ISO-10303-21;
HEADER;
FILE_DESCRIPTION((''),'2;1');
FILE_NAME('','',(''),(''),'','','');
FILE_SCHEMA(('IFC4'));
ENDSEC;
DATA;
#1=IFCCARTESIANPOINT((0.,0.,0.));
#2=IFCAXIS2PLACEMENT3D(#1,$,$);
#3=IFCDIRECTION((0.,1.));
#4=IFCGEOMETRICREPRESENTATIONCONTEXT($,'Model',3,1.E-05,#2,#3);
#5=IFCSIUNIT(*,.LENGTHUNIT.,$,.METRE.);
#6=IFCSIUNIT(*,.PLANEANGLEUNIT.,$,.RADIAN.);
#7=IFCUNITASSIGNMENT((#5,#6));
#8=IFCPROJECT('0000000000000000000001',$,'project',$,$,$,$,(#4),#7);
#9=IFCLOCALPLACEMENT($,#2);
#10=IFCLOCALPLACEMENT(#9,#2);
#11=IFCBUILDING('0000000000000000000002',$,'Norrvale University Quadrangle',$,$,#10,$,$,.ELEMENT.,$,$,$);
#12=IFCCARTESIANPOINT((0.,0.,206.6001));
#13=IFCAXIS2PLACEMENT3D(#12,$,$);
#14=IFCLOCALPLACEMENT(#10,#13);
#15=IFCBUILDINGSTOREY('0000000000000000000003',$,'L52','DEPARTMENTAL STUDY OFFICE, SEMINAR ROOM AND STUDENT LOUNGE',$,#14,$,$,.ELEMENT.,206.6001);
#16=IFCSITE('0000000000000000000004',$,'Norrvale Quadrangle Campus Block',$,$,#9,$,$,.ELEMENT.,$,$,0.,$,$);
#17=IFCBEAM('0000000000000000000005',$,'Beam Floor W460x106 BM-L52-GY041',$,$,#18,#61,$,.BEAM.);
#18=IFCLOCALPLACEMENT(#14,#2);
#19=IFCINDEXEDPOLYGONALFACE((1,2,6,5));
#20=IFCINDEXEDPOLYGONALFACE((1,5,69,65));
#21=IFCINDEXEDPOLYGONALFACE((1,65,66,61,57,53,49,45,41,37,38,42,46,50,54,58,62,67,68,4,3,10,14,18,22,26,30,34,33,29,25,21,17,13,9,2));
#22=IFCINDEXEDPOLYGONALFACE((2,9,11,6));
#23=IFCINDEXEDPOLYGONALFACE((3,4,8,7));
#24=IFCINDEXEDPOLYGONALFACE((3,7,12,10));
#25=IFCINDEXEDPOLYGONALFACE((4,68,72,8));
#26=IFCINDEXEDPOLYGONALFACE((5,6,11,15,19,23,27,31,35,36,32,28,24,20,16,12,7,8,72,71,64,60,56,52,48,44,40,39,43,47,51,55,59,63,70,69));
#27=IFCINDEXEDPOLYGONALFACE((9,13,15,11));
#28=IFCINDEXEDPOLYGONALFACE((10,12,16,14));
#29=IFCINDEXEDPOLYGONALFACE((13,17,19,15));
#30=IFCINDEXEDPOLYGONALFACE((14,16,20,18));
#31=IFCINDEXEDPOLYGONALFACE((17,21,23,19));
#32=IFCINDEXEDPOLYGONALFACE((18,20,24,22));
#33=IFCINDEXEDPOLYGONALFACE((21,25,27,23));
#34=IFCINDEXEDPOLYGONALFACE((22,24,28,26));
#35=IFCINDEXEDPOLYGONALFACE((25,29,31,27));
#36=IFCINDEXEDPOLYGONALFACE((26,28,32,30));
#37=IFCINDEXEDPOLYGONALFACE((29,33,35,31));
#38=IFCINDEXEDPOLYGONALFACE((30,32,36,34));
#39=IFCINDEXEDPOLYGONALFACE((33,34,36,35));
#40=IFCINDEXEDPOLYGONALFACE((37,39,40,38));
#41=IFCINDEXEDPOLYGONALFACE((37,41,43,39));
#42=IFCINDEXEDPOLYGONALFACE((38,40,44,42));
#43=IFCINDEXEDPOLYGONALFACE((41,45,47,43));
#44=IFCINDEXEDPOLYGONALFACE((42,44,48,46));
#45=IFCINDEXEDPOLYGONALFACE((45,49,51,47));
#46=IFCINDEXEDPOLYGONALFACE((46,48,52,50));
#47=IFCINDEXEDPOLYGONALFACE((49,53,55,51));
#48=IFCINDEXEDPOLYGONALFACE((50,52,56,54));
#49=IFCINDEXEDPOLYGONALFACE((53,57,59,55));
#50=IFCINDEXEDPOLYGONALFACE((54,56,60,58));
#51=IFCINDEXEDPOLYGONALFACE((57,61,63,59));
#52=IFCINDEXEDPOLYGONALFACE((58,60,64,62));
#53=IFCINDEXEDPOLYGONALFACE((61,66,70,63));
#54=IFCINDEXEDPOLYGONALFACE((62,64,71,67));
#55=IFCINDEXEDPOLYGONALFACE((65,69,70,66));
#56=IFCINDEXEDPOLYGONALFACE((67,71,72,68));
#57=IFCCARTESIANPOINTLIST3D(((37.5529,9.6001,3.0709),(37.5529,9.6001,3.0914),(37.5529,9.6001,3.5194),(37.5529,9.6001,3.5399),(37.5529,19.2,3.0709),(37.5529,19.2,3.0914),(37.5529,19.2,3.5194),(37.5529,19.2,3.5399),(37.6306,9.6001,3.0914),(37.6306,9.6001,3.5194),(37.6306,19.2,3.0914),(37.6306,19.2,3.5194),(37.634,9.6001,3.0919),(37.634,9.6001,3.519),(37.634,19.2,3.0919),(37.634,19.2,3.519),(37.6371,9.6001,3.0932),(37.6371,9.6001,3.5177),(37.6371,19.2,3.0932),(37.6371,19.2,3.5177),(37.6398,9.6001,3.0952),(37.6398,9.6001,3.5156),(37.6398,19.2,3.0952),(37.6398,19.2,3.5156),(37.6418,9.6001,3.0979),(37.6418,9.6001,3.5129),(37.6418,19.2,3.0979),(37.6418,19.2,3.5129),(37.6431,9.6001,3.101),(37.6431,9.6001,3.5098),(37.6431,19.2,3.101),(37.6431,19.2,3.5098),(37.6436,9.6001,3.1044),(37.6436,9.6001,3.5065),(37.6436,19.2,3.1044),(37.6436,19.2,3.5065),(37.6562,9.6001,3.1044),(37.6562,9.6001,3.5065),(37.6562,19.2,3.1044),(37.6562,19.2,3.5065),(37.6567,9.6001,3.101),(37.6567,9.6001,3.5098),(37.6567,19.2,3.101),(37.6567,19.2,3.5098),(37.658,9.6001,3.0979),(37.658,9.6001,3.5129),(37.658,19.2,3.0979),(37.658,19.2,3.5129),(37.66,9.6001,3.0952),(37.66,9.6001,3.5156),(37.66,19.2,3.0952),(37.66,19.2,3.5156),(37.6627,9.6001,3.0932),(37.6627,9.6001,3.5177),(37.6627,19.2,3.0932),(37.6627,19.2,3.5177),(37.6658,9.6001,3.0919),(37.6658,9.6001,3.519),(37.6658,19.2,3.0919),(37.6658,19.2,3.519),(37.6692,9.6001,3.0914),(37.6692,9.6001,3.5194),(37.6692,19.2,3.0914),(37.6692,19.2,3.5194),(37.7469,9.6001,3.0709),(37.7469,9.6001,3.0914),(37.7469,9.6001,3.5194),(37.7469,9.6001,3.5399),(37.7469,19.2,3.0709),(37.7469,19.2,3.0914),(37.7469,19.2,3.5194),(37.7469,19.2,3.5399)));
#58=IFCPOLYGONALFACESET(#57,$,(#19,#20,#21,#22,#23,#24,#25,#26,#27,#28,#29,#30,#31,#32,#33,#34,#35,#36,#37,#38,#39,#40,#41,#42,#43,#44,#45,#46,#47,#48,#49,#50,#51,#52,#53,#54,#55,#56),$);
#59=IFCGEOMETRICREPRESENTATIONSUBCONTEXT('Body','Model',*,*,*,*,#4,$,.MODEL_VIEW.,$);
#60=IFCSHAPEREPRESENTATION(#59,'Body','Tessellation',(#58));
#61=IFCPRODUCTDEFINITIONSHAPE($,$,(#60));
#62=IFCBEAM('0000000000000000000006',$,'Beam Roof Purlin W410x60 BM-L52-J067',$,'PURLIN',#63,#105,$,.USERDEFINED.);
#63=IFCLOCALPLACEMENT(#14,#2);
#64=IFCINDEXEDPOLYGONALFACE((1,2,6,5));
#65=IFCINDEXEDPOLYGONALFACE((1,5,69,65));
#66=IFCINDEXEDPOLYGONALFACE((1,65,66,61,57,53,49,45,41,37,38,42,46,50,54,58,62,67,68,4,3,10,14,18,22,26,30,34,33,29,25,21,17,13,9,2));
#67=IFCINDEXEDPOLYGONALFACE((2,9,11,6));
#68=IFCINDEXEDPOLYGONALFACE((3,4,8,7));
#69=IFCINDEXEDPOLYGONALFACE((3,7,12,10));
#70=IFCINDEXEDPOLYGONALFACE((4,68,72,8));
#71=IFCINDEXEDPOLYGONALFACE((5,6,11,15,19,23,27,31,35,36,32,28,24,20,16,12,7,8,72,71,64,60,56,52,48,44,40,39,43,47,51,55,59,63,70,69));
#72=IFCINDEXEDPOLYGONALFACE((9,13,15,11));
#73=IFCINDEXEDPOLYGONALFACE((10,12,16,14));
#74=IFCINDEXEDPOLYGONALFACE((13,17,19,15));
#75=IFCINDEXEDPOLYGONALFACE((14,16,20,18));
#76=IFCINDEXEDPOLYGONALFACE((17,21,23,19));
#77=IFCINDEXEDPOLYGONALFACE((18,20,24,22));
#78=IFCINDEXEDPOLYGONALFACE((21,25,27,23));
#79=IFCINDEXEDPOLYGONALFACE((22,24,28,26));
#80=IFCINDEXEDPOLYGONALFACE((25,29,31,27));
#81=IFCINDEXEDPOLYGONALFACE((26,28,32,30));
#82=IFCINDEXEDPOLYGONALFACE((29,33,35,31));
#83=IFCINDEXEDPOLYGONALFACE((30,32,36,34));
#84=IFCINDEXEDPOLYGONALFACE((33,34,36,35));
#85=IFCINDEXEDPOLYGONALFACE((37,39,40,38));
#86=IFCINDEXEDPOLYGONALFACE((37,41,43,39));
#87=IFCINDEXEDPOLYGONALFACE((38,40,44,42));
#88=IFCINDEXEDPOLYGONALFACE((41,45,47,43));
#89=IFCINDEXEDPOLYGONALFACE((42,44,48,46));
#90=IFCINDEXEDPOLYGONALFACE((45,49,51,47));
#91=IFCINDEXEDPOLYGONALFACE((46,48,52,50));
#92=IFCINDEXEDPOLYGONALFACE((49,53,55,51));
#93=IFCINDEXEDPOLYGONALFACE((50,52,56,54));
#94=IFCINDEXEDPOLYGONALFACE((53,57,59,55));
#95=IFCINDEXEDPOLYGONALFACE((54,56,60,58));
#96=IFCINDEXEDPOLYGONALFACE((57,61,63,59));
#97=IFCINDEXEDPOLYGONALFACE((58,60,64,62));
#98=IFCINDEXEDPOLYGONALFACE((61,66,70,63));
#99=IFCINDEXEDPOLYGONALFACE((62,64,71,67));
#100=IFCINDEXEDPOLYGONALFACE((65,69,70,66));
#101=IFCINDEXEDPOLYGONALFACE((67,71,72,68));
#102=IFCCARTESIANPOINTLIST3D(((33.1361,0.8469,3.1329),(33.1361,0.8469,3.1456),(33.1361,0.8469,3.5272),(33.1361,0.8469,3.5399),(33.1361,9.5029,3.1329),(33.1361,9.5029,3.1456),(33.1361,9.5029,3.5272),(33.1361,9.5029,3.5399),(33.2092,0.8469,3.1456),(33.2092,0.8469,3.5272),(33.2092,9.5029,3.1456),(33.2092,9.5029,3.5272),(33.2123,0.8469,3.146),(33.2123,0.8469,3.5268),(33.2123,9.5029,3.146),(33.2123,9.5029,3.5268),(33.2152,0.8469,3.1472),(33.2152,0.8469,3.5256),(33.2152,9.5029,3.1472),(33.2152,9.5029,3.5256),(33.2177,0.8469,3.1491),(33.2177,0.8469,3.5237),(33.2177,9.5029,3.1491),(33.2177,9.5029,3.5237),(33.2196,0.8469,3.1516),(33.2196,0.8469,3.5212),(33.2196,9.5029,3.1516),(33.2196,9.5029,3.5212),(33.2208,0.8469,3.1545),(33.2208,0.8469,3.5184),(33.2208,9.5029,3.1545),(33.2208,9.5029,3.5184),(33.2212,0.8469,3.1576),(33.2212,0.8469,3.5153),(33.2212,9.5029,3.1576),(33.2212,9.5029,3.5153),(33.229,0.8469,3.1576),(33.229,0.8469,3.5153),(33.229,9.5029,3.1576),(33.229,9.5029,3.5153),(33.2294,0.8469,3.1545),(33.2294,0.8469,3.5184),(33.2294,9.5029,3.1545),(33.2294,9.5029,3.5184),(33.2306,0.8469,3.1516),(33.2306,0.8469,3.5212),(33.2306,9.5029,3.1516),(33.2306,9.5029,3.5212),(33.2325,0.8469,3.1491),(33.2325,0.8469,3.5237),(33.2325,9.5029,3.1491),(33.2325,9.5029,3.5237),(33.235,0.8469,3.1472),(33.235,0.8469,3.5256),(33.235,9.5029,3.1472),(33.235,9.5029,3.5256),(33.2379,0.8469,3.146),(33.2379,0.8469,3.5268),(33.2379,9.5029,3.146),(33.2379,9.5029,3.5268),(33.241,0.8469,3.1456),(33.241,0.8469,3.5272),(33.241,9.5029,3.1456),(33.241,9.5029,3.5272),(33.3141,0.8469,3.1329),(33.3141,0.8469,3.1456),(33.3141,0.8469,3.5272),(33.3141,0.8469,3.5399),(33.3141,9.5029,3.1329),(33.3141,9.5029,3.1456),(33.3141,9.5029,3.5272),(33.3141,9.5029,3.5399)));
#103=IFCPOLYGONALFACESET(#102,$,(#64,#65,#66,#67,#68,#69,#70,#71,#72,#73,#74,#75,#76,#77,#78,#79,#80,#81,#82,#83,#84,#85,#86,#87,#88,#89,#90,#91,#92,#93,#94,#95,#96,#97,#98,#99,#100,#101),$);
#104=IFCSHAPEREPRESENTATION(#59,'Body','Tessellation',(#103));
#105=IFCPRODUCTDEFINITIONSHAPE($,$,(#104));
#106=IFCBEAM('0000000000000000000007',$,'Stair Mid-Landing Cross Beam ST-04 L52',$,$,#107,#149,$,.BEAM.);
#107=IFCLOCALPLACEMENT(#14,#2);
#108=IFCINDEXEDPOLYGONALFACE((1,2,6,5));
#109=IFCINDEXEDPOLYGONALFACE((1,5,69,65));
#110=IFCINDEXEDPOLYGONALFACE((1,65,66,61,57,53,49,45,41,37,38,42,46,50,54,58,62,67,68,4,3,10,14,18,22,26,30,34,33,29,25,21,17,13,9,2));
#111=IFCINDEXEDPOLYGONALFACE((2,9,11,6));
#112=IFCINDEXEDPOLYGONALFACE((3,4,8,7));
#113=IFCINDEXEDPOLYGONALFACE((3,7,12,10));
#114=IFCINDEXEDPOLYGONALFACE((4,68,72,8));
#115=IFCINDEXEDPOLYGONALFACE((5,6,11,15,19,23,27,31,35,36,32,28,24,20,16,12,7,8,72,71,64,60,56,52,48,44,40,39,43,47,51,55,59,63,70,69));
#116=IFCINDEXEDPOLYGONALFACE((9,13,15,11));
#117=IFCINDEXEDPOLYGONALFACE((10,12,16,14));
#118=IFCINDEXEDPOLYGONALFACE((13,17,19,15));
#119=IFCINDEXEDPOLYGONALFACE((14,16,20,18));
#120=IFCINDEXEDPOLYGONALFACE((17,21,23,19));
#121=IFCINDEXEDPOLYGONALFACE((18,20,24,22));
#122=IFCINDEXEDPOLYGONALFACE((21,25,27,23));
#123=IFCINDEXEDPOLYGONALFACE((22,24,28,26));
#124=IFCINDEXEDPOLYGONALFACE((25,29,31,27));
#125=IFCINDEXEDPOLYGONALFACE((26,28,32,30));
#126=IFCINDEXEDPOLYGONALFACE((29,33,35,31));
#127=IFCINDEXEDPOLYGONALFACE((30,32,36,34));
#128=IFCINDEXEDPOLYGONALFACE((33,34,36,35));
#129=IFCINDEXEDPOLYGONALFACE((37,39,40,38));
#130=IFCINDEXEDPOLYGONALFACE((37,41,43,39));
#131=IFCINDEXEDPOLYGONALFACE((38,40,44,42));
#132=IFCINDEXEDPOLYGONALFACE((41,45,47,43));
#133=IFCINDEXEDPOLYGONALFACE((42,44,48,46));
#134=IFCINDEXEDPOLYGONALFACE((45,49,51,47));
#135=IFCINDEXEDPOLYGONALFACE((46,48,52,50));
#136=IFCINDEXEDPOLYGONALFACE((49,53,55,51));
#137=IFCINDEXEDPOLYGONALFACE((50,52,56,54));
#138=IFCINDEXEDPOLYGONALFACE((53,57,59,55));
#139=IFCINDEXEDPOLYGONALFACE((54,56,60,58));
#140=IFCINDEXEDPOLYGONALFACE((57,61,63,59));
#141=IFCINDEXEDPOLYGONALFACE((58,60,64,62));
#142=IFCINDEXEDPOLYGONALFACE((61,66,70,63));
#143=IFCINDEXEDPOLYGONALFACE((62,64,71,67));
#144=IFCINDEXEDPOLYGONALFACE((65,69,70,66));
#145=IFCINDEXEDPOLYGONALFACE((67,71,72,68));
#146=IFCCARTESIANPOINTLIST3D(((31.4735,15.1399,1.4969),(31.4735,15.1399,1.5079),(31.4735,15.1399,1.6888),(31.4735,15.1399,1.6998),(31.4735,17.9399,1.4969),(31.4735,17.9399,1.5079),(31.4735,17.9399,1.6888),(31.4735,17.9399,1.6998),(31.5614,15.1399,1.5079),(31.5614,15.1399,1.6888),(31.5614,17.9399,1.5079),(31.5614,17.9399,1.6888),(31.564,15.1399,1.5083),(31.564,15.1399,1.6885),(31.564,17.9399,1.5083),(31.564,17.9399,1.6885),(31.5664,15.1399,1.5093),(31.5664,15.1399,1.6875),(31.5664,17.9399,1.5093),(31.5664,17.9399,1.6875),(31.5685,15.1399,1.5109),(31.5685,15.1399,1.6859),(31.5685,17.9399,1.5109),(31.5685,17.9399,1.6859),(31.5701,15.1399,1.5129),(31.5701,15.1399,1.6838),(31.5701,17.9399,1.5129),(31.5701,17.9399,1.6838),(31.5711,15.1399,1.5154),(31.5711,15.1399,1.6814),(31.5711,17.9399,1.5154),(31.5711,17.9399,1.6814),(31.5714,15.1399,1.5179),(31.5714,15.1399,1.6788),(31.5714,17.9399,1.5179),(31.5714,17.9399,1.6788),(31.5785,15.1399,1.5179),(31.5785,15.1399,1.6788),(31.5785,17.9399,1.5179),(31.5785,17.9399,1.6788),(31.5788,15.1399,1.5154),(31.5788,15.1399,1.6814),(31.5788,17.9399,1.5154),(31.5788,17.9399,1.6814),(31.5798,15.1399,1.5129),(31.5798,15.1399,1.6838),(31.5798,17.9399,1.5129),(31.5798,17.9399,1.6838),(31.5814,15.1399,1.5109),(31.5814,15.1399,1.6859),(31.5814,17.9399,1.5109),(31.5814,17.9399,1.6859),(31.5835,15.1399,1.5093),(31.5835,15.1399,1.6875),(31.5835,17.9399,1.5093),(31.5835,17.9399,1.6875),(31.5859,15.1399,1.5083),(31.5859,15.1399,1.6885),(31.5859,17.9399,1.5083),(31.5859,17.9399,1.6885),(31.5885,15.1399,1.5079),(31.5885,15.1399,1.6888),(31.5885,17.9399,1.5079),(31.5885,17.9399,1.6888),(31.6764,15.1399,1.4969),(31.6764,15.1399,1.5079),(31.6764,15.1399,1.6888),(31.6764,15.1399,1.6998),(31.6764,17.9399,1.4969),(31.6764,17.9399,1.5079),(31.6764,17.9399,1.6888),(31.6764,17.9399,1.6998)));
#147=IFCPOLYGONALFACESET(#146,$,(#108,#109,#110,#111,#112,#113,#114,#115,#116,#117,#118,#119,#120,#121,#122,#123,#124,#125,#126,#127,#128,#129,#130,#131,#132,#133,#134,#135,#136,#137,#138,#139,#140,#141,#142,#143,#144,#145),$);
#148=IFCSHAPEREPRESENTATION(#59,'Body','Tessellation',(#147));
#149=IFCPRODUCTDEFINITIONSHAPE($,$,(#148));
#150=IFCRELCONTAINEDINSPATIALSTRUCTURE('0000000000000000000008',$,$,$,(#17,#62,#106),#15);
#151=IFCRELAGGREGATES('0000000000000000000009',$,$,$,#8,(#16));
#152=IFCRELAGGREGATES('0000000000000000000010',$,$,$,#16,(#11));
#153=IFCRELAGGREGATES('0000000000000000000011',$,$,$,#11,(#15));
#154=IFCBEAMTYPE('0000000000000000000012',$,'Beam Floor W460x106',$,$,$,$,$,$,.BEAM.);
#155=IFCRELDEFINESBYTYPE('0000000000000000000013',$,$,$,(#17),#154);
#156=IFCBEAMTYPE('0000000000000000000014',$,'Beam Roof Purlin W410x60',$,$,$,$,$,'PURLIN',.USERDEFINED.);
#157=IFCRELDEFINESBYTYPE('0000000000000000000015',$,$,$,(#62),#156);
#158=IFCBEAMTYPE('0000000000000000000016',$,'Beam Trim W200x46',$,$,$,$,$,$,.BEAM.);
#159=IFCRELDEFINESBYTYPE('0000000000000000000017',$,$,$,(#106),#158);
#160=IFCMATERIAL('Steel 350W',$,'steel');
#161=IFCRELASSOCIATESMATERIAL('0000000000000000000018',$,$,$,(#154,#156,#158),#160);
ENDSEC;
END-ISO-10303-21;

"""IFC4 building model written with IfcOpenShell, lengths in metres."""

from ifc_helpers import new_model, si_unit, direction, frame, origin, origin_2d, place, context, subcontext, project, spatial, i_section, extrude, material, material_profile, profile_set, type_object, element, save


model = new_model("IFC4")

# Units and contexts
model_context = context("Model", 3, precision=1e-05, world=origin(), true_north=direction((0.0, 1.0)))
body_context = subcontext(model_context, "Body", "Model", "MODEL_VIEW")
ifc_project = project(units=[si_unit("LENGTHUNIT", "METRE"), si_unit("PLANEANGLEUNIT", "RADIAN")], contexts=[model_context])

# Site, building, storey
site_placement = place(None, origin())
site = spatial("IfcSite", under=ifc_project, at=site_placement, Name="Norrvale Quadrangle Campus Block", CompositionType="ELEMENT", RefElevation=0.0)
building_placement = place(site_placement, origin())
building = spatial("IfcBuilding", under=site, at=building_placement, Name="Norrvale University Quadrangle", CompositionType="ELEMENT")
storey_placement = place(building_placement, frame((0.0, 0.0, 206.6001)))
storey = spatial("IfcBuildingStorey", under=building, at=storey_placement, Name="L52", Description="DEPARTMENTAL STUDY OFFICE, SEMINAR ROOM AND STUDENT LOUNGE", CompositionType="ELEMENT", Elevation=206.6001)

# Beams
ifc_material_1 = material(Name="Steel 350W", Category="steel")
ifc_material_profile_1 = material_profile(ifc_material_1, i_section(OverallWidth=0.1941, OverallDepth=0.469, WebThickness=0.0127, FlangeThickness=0.0205, FilletRadius=0.0129, at=origin_2d()), Name="Steel 350W")
ifc_profile_set_1 = profile_set([ifc_material_profile_1], Name="Steel 350W")
beam_type_1 = type_object("IfcBeamType", Name="Beam Floor W460x106", PredefinedType="BEAM", material=ifc_profile_set_1)
beam_1_placement = place(storey_placement, frame((37.6499, 9.6001, 3.3054), z_axis=(0.0, 1.0, 0.0), x_axis=(-1.0, 0.0, 0.0)))
element("IfcBeam", 1, at=beam_1_placement, inside=storey, type_object=beam_type_1, Name="Beam Floor W460x106 BM-L52-GY041", PredefinedType="BEAM", context=body_context, shape_type="SweptSolid", body=[
    extrude(i_section(OverallWidth=0.1941, OverallDepth=0.469, WebThickness=0.0127, FlangeThickness=0.0205, FilletRadius=0.0129, at=origin_2d()), origin(), (0.0, 0.0, 1.0), 9.5999),
])
ifc_material_profile_2 = material_profile(ifc_material_1, i_section(OverallWidth=0.178, OverallDepth=0.407, WebThickness=0.0078, FlangeThickness=0.0127, FilletRadius=0.012, at=origin_2d()), Name="Steel 350W")
ifc_profile_set_2 = profile_set([ifc_material_profile_2], Name="Steel 350W")
beam_type_2 = type_object("IfcBeamType", Name="Beam Roof Purlin W410x60", ElementType="PURLIN", PredefinedType="USERDEFINED", material=ifc_profile_set_2)
beam_2_placement = place(storey_placement, frame((33.2251, 0.8469, 3.3364), z_axis=(0.0, 1.0, 0.0), x_axis=(-1.0, 0.0, 0.0)))
element("IfcBeam", 2, at=beam_2_placement, inside=storey, type_object=beam_type_2, Name="Beam Roof Purlin W410x60 BM-L52-J067", ObjectType="PURLIN", PredefinedType="USERDEFINED", context=body_context, shape_type="SweptSolid", body=[
    extrude(i_section(OverallWidth=0.178, OverallDepth=0.407, WebThickness=0.0078, FlangeThickness=0.0127, FilletRadius=0.012, at=origin_2d()), origin(), (0.0, 0.0, 1.0), 8.656),
])
ifc_material_profile_3 = material_profile(ifc_material_1, i_section(OverallWidth=0.2029, OverallDepth=0.2029, WebThickness=0.0071, FlangeThickness=0.011, FilletRadius=0.01, at=origin_2d()), Name="Steel 350W")
ifc_profile_set_3 = profile_set([ifc_material_profile_3], Name="Steel 350W")
beam_type_3 = type_object("IfcBeamType", Name="Beam Trim W200x46", PredefinedType="BEAM", material=ifc_profile_set_3)
beam_3_placement = place(storey_placement, frame((31.575, 15.1399, 1.5984), z_axis=(0.0, 1.0, 0.0), x_axis=(-1.0, 0.0, 0.0)))
element("IfcBeam", 3, at=beam_3_placement, inside=storey, type_object=beam_type_3, Name="Stair Mid-Landing Cross Beam ST-04 L52", PredefinedType="BEAM", context=body_context, shape_type="SweptSolid", body=[
    extrude(i_section(OverallWidth=0.2029, OverallDepth=0.2029, WebThickness=0.0071, FlangeThickness=0.011, FilletRadius=0.01, at=origin_2d()), origin(), (0.0, 0.0, 1.0), 2.8),
])

save(model, "model.ifc")
